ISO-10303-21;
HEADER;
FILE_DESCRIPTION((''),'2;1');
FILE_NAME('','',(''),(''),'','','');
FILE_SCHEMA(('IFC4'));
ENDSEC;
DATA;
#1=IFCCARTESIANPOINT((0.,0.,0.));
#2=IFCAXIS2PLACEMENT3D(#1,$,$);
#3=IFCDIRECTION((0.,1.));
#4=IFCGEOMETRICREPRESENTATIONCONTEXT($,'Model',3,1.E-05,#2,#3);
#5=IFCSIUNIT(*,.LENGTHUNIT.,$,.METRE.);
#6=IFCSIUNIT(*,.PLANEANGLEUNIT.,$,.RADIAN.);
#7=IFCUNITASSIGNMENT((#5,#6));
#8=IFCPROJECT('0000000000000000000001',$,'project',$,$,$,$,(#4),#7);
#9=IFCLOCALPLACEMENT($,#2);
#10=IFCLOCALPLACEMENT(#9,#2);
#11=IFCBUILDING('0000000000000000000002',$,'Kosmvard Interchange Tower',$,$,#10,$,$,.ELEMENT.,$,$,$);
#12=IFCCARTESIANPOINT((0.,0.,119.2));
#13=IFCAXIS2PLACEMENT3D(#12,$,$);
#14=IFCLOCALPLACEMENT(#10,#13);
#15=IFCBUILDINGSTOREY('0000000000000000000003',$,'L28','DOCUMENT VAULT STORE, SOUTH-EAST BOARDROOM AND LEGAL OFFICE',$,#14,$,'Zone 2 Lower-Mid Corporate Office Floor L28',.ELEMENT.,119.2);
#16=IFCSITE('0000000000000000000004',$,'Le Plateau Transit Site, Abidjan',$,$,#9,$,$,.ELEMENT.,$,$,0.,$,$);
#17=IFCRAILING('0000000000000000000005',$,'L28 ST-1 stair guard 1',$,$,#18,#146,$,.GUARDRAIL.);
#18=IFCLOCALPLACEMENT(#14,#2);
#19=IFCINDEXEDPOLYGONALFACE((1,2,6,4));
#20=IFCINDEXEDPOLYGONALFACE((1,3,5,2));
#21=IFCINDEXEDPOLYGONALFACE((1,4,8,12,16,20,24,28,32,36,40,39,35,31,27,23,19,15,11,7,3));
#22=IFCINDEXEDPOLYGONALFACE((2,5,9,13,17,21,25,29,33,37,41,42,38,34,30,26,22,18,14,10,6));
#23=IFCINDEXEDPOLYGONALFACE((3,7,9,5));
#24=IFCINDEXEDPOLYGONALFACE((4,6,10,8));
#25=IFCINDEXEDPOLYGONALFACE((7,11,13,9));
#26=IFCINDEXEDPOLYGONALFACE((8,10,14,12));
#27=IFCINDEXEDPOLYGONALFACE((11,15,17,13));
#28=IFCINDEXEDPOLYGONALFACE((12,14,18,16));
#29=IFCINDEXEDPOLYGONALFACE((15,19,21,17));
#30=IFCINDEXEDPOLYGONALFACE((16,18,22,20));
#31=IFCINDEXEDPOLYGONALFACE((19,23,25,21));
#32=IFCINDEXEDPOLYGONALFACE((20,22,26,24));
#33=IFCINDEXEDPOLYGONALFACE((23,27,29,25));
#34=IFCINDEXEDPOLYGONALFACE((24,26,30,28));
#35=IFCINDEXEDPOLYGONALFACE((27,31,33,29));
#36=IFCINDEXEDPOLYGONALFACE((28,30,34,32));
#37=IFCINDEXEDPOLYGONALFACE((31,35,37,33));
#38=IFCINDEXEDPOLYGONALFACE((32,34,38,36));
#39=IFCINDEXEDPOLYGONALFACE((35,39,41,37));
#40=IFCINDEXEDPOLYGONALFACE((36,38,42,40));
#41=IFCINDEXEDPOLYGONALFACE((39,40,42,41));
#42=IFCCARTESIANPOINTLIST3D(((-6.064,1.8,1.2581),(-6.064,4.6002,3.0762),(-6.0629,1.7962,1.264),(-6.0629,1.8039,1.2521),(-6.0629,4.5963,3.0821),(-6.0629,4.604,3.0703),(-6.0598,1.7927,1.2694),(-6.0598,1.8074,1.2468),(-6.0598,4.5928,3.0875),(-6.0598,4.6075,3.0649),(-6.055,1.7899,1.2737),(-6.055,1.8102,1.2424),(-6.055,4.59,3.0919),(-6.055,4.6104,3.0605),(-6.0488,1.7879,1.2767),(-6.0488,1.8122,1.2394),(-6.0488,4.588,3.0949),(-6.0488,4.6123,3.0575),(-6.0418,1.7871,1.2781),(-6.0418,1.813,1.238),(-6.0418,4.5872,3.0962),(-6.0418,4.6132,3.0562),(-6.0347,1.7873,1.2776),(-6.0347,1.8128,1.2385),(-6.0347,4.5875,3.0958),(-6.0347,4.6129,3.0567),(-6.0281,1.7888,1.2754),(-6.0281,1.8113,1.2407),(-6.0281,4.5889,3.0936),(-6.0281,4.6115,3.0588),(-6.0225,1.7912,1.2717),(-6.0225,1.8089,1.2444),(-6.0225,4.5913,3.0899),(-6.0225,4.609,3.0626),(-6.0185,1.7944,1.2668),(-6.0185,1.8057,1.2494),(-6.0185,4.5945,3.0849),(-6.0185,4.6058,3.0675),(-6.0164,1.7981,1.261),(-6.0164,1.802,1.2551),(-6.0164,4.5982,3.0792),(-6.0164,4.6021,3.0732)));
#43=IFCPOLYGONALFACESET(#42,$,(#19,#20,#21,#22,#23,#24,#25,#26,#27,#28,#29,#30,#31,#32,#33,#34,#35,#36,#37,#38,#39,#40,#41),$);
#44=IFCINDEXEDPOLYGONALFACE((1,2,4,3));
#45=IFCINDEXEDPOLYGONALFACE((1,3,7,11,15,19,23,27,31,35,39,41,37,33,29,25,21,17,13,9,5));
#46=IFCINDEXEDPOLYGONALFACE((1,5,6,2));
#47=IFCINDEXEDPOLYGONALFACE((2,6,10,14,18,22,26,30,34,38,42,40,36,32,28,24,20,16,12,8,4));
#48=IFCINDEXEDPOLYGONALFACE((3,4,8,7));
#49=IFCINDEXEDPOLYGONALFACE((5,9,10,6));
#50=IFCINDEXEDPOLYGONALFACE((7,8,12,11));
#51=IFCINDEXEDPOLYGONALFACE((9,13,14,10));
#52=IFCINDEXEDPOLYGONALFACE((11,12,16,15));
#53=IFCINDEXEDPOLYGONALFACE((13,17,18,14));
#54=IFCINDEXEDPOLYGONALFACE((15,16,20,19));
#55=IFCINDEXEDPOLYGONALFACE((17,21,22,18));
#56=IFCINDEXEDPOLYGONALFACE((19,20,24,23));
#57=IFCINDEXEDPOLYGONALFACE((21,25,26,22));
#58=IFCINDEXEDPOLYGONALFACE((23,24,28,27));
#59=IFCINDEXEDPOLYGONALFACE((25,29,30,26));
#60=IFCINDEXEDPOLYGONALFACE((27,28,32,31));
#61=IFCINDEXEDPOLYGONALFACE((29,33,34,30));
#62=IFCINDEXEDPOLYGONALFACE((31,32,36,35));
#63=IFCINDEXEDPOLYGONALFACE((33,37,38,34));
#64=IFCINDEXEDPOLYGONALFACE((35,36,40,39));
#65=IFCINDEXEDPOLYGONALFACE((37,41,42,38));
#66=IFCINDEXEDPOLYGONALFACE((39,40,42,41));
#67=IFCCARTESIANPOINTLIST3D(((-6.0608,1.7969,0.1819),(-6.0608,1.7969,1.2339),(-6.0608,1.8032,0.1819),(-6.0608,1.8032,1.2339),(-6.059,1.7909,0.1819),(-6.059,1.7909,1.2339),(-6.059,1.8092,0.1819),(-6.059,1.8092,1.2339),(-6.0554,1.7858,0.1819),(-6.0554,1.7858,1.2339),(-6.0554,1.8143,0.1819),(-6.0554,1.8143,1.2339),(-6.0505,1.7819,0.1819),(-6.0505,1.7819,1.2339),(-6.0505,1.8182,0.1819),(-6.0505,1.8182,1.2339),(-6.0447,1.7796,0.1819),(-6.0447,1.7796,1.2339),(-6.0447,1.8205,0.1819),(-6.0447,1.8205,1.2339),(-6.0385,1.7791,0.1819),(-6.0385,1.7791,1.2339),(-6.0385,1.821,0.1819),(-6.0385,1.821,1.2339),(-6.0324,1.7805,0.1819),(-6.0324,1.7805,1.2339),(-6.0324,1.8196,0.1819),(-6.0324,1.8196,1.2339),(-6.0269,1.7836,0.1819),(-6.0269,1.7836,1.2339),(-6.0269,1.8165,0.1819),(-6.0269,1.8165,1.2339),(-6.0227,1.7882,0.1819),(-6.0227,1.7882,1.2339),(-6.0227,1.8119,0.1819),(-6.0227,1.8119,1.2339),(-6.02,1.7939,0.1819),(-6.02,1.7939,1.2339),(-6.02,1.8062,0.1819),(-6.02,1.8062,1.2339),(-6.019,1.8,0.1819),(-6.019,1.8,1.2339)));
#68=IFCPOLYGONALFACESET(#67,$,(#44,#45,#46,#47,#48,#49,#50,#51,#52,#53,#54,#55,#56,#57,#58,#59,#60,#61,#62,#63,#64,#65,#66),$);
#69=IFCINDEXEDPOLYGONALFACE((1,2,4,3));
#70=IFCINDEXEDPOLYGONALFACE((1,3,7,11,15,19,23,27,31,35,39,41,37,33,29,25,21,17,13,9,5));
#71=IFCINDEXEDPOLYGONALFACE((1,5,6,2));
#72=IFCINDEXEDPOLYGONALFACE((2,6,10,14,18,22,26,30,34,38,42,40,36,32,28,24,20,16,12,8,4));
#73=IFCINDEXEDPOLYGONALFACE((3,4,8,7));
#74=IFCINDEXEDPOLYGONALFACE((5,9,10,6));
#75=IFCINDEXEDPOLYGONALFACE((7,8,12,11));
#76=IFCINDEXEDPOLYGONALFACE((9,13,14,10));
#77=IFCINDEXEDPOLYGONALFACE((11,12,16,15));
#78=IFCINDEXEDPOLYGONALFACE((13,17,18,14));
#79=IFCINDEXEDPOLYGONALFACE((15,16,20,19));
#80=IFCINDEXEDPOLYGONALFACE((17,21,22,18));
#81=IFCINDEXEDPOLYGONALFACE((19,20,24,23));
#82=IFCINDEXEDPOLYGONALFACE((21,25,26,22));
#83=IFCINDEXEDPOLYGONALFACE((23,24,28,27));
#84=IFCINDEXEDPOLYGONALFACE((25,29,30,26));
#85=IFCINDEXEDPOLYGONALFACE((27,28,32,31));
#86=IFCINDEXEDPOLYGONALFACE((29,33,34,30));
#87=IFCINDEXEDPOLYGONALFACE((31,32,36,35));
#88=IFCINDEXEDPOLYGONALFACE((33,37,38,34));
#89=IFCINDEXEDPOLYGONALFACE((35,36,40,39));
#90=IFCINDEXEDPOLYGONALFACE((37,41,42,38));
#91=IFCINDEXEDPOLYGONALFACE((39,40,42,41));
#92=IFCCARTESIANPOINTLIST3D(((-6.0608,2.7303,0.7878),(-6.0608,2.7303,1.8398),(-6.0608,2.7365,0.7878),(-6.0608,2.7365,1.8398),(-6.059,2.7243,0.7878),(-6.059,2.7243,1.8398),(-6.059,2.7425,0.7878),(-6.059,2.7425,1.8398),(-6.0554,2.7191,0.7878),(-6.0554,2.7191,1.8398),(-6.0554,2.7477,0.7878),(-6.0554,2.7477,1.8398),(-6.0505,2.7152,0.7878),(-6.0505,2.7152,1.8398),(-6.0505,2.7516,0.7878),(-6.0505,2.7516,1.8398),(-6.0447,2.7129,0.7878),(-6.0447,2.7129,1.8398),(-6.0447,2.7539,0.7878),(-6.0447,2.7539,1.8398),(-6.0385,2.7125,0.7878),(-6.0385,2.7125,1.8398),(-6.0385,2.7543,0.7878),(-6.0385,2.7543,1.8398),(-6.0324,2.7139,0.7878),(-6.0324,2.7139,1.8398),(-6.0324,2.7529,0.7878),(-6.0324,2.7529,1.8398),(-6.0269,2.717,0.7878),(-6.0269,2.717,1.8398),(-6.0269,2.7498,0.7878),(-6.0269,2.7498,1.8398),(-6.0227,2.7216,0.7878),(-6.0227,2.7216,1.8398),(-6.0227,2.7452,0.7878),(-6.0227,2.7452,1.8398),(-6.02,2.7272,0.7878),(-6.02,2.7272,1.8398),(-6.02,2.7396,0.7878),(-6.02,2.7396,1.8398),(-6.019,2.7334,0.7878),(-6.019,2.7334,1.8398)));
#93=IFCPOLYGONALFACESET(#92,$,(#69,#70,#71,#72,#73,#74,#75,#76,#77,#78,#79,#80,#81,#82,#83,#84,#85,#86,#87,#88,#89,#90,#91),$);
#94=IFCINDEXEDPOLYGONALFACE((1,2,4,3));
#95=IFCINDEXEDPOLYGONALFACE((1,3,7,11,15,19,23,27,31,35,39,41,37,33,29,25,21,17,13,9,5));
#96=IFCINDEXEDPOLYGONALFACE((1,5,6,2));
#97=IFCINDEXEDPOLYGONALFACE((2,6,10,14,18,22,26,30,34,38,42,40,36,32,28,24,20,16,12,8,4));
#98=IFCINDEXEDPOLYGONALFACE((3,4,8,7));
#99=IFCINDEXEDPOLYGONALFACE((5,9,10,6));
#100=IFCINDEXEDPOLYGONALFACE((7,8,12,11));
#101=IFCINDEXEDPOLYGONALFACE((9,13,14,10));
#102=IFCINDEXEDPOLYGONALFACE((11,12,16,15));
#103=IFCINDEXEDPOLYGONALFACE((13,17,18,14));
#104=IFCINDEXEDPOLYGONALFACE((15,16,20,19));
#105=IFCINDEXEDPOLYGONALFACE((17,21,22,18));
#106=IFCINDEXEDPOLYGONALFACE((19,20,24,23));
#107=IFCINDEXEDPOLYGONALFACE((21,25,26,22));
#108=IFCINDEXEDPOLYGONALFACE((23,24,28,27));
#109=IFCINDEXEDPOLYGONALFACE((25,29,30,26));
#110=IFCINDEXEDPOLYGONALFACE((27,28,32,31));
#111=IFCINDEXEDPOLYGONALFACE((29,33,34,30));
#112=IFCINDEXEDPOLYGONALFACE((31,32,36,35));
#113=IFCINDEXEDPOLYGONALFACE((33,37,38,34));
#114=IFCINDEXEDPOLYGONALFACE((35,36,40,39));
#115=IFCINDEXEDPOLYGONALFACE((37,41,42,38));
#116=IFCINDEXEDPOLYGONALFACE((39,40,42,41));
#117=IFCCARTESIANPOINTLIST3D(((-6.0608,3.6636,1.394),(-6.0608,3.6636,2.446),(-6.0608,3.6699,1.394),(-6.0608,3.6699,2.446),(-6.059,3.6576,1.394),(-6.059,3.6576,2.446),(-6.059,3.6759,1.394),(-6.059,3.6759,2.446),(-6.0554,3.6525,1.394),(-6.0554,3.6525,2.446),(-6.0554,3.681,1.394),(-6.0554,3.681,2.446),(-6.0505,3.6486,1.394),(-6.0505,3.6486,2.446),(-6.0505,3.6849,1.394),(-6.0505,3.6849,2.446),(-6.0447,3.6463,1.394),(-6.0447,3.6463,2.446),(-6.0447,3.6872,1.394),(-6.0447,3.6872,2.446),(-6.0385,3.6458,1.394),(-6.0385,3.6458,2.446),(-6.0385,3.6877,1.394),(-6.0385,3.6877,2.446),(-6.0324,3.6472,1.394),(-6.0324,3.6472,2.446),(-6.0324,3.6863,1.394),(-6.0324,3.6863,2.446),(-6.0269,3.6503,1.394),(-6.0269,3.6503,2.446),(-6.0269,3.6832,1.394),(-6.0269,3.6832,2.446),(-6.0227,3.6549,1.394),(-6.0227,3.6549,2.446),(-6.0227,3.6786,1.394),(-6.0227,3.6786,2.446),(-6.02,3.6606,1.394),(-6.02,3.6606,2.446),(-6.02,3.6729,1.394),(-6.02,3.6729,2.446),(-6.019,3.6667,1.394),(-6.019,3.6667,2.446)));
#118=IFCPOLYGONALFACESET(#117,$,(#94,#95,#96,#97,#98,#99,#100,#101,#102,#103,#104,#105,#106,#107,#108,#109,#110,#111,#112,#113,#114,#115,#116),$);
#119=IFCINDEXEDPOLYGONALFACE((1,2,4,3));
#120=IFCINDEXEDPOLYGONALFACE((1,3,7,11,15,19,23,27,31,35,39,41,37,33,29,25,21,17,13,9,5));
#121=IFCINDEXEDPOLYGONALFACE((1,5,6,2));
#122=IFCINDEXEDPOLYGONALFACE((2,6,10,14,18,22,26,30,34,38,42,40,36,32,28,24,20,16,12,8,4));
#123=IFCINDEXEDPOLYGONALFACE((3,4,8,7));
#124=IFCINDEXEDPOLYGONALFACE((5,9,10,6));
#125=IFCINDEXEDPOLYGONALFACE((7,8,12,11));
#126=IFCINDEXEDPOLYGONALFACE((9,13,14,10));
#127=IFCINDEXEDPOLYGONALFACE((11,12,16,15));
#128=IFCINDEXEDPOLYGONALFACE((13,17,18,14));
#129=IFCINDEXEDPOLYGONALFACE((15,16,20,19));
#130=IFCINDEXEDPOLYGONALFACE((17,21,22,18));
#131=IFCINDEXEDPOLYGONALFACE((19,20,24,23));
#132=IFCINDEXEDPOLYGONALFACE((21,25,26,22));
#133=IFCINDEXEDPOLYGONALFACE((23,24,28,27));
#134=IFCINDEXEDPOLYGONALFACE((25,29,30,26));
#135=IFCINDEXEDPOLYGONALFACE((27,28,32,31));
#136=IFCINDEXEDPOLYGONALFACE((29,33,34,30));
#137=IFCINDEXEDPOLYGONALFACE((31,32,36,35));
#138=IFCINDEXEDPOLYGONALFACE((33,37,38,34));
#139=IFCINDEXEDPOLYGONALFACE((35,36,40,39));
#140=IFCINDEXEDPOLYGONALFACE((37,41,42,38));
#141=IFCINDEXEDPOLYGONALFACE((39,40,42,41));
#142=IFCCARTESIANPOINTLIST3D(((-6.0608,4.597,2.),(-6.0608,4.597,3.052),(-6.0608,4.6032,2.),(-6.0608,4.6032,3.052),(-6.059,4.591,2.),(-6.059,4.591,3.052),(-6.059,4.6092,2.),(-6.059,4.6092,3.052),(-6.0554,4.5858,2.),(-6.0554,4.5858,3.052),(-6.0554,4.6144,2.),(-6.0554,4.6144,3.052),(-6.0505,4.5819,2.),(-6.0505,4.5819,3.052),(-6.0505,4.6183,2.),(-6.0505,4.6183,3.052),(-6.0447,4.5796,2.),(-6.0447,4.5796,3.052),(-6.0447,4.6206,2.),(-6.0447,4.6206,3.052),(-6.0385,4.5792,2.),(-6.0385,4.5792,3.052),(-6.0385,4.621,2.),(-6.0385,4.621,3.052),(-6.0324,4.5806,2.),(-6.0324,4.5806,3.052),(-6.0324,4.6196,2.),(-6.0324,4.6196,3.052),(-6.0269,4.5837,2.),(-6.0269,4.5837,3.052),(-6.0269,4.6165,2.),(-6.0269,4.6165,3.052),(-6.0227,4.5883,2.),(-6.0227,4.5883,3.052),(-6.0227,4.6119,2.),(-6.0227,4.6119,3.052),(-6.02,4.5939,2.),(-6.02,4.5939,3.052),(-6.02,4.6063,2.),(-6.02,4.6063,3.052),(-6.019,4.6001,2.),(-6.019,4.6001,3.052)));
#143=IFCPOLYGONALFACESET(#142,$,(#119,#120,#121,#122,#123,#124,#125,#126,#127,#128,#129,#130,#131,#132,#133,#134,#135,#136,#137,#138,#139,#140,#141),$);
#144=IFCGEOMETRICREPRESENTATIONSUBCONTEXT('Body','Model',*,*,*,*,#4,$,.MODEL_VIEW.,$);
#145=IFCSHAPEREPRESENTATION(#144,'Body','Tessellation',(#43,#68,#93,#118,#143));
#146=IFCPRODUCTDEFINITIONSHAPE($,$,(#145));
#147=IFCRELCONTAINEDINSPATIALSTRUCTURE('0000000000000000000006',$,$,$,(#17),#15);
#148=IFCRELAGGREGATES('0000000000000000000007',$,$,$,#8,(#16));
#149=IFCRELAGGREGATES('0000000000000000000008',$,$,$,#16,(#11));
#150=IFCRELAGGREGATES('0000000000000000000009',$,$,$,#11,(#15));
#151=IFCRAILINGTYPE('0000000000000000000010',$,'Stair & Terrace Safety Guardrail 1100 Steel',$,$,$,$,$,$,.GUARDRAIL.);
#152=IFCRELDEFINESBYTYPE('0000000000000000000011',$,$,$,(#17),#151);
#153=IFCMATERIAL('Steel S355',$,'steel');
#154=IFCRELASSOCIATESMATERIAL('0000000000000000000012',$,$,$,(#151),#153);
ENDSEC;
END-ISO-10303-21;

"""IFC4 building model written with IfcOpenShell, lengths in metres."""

from ifc_helpers import new_model, si_unit, direction, frame, origin, origin_2d, place, context, subcontext, project, spatial, circle, extrude, source, transform, mapped, material, type_object, element, save


model = new_model("IFC4")

# Units and contexts
model_context = context("Model", 3, precision=1e-05, world=origin(), true_north=direction((0.0, 1.0)))
body_context = subcontext(model_context, "Body", "Model", "MODEL_VIEW")
ifc_project = project(units=[si_unit("LENGTHUNIT", "METRE"), si_unit("PLANEANGLEUNIT", "RADIAN")], contexts=[model_context])

# Site, building, storey
site_placement = place(None, origin())
site = spatial("IfcSite", under=ifc_project, at=site_placement, Name="Le Plateau Transit Site, Abidjan", CompositionType="ELEMENT", RefElevation=0.0)
building_placement = place(site_placement, origin())
building = spatial("IfcBuilding", under=site, at=building_placement, Name="Kosmvard Interchange Tower", CompositionType="ELEMENT")
storey_placement = place(building_placement, frame((0.0, 0.0, 119.2)))
storey = spatial("IfcBuildingStorey", under=building, at=storey_placement, Name="L28", Description="DOCUMENT VAULT STORE, SOUTH-EAST BOARDROOM AND LEGAL OFFICE", LongName="Zone 2 Lower-Mid Corporate Office Floor L28", CompositionType="ELEMENT", Elevation=119.2)

# Shared definitions
ifc_material_1 = material(Name="Steel S355", Category="steel")

# Railing
railing_type_1 = type_object("IfcRailingType", Name="Stair & Terrace Safety Guardrail 1100 Steel", PredefinedType="GUARDRAIL", material=ifc_material_1)
shared_shape_1 = source(origin(), body_context, "Body", "SweptSolid", [
    extrude(circle(Radius=0.0239, at=origin_2d()), frame((0.0, 0.0, 1.0762), z_axis=(0.0, 0.838706, 0.544585), x_axis=(-1.0, 0.0, 0.0)), (0.0, 0.0, 1.0), 3.3386),
    extrude(circle(Radius=0.021, at=origin_2d()), origin(), (0.0, 0.0, 1.0), 1.052),
    extrude(circle(Radius=0.021, at=origin_2d()), frame((0.0, 0.9333, 0.606)), (0.0, 0.0, 1.0), 1.052),
    extrude(circle(Radius=0.021, at=origin_2d()), frame((0.0, 1.8667, 1.2122)), (0.0, 0.0, 1.0), 1.052),
    extrude(circle(Radius=0.021, at=origin_2d()), frame((0.0, 2.8, 1.8181)), (0.0, 0.0, 1.0), 1.052),
])
railing_1_placement = place(storey_placement, frame((-6.04, 1.8, 0.1819)))
element("IfcRailing", 1, at=railing_1_placement, inside=storey, type_object=railing_type_1, Name="L28 ST-1 stair guard 1", PredefinedType="GUARDRAIL", context=body_context, shape_type="MappedRepresentation", body=[
    mapped(shared_shape_1, transform((0.0, 0.0, 0.0), scale=1.0)),
])

save(model, "model.ifc")
